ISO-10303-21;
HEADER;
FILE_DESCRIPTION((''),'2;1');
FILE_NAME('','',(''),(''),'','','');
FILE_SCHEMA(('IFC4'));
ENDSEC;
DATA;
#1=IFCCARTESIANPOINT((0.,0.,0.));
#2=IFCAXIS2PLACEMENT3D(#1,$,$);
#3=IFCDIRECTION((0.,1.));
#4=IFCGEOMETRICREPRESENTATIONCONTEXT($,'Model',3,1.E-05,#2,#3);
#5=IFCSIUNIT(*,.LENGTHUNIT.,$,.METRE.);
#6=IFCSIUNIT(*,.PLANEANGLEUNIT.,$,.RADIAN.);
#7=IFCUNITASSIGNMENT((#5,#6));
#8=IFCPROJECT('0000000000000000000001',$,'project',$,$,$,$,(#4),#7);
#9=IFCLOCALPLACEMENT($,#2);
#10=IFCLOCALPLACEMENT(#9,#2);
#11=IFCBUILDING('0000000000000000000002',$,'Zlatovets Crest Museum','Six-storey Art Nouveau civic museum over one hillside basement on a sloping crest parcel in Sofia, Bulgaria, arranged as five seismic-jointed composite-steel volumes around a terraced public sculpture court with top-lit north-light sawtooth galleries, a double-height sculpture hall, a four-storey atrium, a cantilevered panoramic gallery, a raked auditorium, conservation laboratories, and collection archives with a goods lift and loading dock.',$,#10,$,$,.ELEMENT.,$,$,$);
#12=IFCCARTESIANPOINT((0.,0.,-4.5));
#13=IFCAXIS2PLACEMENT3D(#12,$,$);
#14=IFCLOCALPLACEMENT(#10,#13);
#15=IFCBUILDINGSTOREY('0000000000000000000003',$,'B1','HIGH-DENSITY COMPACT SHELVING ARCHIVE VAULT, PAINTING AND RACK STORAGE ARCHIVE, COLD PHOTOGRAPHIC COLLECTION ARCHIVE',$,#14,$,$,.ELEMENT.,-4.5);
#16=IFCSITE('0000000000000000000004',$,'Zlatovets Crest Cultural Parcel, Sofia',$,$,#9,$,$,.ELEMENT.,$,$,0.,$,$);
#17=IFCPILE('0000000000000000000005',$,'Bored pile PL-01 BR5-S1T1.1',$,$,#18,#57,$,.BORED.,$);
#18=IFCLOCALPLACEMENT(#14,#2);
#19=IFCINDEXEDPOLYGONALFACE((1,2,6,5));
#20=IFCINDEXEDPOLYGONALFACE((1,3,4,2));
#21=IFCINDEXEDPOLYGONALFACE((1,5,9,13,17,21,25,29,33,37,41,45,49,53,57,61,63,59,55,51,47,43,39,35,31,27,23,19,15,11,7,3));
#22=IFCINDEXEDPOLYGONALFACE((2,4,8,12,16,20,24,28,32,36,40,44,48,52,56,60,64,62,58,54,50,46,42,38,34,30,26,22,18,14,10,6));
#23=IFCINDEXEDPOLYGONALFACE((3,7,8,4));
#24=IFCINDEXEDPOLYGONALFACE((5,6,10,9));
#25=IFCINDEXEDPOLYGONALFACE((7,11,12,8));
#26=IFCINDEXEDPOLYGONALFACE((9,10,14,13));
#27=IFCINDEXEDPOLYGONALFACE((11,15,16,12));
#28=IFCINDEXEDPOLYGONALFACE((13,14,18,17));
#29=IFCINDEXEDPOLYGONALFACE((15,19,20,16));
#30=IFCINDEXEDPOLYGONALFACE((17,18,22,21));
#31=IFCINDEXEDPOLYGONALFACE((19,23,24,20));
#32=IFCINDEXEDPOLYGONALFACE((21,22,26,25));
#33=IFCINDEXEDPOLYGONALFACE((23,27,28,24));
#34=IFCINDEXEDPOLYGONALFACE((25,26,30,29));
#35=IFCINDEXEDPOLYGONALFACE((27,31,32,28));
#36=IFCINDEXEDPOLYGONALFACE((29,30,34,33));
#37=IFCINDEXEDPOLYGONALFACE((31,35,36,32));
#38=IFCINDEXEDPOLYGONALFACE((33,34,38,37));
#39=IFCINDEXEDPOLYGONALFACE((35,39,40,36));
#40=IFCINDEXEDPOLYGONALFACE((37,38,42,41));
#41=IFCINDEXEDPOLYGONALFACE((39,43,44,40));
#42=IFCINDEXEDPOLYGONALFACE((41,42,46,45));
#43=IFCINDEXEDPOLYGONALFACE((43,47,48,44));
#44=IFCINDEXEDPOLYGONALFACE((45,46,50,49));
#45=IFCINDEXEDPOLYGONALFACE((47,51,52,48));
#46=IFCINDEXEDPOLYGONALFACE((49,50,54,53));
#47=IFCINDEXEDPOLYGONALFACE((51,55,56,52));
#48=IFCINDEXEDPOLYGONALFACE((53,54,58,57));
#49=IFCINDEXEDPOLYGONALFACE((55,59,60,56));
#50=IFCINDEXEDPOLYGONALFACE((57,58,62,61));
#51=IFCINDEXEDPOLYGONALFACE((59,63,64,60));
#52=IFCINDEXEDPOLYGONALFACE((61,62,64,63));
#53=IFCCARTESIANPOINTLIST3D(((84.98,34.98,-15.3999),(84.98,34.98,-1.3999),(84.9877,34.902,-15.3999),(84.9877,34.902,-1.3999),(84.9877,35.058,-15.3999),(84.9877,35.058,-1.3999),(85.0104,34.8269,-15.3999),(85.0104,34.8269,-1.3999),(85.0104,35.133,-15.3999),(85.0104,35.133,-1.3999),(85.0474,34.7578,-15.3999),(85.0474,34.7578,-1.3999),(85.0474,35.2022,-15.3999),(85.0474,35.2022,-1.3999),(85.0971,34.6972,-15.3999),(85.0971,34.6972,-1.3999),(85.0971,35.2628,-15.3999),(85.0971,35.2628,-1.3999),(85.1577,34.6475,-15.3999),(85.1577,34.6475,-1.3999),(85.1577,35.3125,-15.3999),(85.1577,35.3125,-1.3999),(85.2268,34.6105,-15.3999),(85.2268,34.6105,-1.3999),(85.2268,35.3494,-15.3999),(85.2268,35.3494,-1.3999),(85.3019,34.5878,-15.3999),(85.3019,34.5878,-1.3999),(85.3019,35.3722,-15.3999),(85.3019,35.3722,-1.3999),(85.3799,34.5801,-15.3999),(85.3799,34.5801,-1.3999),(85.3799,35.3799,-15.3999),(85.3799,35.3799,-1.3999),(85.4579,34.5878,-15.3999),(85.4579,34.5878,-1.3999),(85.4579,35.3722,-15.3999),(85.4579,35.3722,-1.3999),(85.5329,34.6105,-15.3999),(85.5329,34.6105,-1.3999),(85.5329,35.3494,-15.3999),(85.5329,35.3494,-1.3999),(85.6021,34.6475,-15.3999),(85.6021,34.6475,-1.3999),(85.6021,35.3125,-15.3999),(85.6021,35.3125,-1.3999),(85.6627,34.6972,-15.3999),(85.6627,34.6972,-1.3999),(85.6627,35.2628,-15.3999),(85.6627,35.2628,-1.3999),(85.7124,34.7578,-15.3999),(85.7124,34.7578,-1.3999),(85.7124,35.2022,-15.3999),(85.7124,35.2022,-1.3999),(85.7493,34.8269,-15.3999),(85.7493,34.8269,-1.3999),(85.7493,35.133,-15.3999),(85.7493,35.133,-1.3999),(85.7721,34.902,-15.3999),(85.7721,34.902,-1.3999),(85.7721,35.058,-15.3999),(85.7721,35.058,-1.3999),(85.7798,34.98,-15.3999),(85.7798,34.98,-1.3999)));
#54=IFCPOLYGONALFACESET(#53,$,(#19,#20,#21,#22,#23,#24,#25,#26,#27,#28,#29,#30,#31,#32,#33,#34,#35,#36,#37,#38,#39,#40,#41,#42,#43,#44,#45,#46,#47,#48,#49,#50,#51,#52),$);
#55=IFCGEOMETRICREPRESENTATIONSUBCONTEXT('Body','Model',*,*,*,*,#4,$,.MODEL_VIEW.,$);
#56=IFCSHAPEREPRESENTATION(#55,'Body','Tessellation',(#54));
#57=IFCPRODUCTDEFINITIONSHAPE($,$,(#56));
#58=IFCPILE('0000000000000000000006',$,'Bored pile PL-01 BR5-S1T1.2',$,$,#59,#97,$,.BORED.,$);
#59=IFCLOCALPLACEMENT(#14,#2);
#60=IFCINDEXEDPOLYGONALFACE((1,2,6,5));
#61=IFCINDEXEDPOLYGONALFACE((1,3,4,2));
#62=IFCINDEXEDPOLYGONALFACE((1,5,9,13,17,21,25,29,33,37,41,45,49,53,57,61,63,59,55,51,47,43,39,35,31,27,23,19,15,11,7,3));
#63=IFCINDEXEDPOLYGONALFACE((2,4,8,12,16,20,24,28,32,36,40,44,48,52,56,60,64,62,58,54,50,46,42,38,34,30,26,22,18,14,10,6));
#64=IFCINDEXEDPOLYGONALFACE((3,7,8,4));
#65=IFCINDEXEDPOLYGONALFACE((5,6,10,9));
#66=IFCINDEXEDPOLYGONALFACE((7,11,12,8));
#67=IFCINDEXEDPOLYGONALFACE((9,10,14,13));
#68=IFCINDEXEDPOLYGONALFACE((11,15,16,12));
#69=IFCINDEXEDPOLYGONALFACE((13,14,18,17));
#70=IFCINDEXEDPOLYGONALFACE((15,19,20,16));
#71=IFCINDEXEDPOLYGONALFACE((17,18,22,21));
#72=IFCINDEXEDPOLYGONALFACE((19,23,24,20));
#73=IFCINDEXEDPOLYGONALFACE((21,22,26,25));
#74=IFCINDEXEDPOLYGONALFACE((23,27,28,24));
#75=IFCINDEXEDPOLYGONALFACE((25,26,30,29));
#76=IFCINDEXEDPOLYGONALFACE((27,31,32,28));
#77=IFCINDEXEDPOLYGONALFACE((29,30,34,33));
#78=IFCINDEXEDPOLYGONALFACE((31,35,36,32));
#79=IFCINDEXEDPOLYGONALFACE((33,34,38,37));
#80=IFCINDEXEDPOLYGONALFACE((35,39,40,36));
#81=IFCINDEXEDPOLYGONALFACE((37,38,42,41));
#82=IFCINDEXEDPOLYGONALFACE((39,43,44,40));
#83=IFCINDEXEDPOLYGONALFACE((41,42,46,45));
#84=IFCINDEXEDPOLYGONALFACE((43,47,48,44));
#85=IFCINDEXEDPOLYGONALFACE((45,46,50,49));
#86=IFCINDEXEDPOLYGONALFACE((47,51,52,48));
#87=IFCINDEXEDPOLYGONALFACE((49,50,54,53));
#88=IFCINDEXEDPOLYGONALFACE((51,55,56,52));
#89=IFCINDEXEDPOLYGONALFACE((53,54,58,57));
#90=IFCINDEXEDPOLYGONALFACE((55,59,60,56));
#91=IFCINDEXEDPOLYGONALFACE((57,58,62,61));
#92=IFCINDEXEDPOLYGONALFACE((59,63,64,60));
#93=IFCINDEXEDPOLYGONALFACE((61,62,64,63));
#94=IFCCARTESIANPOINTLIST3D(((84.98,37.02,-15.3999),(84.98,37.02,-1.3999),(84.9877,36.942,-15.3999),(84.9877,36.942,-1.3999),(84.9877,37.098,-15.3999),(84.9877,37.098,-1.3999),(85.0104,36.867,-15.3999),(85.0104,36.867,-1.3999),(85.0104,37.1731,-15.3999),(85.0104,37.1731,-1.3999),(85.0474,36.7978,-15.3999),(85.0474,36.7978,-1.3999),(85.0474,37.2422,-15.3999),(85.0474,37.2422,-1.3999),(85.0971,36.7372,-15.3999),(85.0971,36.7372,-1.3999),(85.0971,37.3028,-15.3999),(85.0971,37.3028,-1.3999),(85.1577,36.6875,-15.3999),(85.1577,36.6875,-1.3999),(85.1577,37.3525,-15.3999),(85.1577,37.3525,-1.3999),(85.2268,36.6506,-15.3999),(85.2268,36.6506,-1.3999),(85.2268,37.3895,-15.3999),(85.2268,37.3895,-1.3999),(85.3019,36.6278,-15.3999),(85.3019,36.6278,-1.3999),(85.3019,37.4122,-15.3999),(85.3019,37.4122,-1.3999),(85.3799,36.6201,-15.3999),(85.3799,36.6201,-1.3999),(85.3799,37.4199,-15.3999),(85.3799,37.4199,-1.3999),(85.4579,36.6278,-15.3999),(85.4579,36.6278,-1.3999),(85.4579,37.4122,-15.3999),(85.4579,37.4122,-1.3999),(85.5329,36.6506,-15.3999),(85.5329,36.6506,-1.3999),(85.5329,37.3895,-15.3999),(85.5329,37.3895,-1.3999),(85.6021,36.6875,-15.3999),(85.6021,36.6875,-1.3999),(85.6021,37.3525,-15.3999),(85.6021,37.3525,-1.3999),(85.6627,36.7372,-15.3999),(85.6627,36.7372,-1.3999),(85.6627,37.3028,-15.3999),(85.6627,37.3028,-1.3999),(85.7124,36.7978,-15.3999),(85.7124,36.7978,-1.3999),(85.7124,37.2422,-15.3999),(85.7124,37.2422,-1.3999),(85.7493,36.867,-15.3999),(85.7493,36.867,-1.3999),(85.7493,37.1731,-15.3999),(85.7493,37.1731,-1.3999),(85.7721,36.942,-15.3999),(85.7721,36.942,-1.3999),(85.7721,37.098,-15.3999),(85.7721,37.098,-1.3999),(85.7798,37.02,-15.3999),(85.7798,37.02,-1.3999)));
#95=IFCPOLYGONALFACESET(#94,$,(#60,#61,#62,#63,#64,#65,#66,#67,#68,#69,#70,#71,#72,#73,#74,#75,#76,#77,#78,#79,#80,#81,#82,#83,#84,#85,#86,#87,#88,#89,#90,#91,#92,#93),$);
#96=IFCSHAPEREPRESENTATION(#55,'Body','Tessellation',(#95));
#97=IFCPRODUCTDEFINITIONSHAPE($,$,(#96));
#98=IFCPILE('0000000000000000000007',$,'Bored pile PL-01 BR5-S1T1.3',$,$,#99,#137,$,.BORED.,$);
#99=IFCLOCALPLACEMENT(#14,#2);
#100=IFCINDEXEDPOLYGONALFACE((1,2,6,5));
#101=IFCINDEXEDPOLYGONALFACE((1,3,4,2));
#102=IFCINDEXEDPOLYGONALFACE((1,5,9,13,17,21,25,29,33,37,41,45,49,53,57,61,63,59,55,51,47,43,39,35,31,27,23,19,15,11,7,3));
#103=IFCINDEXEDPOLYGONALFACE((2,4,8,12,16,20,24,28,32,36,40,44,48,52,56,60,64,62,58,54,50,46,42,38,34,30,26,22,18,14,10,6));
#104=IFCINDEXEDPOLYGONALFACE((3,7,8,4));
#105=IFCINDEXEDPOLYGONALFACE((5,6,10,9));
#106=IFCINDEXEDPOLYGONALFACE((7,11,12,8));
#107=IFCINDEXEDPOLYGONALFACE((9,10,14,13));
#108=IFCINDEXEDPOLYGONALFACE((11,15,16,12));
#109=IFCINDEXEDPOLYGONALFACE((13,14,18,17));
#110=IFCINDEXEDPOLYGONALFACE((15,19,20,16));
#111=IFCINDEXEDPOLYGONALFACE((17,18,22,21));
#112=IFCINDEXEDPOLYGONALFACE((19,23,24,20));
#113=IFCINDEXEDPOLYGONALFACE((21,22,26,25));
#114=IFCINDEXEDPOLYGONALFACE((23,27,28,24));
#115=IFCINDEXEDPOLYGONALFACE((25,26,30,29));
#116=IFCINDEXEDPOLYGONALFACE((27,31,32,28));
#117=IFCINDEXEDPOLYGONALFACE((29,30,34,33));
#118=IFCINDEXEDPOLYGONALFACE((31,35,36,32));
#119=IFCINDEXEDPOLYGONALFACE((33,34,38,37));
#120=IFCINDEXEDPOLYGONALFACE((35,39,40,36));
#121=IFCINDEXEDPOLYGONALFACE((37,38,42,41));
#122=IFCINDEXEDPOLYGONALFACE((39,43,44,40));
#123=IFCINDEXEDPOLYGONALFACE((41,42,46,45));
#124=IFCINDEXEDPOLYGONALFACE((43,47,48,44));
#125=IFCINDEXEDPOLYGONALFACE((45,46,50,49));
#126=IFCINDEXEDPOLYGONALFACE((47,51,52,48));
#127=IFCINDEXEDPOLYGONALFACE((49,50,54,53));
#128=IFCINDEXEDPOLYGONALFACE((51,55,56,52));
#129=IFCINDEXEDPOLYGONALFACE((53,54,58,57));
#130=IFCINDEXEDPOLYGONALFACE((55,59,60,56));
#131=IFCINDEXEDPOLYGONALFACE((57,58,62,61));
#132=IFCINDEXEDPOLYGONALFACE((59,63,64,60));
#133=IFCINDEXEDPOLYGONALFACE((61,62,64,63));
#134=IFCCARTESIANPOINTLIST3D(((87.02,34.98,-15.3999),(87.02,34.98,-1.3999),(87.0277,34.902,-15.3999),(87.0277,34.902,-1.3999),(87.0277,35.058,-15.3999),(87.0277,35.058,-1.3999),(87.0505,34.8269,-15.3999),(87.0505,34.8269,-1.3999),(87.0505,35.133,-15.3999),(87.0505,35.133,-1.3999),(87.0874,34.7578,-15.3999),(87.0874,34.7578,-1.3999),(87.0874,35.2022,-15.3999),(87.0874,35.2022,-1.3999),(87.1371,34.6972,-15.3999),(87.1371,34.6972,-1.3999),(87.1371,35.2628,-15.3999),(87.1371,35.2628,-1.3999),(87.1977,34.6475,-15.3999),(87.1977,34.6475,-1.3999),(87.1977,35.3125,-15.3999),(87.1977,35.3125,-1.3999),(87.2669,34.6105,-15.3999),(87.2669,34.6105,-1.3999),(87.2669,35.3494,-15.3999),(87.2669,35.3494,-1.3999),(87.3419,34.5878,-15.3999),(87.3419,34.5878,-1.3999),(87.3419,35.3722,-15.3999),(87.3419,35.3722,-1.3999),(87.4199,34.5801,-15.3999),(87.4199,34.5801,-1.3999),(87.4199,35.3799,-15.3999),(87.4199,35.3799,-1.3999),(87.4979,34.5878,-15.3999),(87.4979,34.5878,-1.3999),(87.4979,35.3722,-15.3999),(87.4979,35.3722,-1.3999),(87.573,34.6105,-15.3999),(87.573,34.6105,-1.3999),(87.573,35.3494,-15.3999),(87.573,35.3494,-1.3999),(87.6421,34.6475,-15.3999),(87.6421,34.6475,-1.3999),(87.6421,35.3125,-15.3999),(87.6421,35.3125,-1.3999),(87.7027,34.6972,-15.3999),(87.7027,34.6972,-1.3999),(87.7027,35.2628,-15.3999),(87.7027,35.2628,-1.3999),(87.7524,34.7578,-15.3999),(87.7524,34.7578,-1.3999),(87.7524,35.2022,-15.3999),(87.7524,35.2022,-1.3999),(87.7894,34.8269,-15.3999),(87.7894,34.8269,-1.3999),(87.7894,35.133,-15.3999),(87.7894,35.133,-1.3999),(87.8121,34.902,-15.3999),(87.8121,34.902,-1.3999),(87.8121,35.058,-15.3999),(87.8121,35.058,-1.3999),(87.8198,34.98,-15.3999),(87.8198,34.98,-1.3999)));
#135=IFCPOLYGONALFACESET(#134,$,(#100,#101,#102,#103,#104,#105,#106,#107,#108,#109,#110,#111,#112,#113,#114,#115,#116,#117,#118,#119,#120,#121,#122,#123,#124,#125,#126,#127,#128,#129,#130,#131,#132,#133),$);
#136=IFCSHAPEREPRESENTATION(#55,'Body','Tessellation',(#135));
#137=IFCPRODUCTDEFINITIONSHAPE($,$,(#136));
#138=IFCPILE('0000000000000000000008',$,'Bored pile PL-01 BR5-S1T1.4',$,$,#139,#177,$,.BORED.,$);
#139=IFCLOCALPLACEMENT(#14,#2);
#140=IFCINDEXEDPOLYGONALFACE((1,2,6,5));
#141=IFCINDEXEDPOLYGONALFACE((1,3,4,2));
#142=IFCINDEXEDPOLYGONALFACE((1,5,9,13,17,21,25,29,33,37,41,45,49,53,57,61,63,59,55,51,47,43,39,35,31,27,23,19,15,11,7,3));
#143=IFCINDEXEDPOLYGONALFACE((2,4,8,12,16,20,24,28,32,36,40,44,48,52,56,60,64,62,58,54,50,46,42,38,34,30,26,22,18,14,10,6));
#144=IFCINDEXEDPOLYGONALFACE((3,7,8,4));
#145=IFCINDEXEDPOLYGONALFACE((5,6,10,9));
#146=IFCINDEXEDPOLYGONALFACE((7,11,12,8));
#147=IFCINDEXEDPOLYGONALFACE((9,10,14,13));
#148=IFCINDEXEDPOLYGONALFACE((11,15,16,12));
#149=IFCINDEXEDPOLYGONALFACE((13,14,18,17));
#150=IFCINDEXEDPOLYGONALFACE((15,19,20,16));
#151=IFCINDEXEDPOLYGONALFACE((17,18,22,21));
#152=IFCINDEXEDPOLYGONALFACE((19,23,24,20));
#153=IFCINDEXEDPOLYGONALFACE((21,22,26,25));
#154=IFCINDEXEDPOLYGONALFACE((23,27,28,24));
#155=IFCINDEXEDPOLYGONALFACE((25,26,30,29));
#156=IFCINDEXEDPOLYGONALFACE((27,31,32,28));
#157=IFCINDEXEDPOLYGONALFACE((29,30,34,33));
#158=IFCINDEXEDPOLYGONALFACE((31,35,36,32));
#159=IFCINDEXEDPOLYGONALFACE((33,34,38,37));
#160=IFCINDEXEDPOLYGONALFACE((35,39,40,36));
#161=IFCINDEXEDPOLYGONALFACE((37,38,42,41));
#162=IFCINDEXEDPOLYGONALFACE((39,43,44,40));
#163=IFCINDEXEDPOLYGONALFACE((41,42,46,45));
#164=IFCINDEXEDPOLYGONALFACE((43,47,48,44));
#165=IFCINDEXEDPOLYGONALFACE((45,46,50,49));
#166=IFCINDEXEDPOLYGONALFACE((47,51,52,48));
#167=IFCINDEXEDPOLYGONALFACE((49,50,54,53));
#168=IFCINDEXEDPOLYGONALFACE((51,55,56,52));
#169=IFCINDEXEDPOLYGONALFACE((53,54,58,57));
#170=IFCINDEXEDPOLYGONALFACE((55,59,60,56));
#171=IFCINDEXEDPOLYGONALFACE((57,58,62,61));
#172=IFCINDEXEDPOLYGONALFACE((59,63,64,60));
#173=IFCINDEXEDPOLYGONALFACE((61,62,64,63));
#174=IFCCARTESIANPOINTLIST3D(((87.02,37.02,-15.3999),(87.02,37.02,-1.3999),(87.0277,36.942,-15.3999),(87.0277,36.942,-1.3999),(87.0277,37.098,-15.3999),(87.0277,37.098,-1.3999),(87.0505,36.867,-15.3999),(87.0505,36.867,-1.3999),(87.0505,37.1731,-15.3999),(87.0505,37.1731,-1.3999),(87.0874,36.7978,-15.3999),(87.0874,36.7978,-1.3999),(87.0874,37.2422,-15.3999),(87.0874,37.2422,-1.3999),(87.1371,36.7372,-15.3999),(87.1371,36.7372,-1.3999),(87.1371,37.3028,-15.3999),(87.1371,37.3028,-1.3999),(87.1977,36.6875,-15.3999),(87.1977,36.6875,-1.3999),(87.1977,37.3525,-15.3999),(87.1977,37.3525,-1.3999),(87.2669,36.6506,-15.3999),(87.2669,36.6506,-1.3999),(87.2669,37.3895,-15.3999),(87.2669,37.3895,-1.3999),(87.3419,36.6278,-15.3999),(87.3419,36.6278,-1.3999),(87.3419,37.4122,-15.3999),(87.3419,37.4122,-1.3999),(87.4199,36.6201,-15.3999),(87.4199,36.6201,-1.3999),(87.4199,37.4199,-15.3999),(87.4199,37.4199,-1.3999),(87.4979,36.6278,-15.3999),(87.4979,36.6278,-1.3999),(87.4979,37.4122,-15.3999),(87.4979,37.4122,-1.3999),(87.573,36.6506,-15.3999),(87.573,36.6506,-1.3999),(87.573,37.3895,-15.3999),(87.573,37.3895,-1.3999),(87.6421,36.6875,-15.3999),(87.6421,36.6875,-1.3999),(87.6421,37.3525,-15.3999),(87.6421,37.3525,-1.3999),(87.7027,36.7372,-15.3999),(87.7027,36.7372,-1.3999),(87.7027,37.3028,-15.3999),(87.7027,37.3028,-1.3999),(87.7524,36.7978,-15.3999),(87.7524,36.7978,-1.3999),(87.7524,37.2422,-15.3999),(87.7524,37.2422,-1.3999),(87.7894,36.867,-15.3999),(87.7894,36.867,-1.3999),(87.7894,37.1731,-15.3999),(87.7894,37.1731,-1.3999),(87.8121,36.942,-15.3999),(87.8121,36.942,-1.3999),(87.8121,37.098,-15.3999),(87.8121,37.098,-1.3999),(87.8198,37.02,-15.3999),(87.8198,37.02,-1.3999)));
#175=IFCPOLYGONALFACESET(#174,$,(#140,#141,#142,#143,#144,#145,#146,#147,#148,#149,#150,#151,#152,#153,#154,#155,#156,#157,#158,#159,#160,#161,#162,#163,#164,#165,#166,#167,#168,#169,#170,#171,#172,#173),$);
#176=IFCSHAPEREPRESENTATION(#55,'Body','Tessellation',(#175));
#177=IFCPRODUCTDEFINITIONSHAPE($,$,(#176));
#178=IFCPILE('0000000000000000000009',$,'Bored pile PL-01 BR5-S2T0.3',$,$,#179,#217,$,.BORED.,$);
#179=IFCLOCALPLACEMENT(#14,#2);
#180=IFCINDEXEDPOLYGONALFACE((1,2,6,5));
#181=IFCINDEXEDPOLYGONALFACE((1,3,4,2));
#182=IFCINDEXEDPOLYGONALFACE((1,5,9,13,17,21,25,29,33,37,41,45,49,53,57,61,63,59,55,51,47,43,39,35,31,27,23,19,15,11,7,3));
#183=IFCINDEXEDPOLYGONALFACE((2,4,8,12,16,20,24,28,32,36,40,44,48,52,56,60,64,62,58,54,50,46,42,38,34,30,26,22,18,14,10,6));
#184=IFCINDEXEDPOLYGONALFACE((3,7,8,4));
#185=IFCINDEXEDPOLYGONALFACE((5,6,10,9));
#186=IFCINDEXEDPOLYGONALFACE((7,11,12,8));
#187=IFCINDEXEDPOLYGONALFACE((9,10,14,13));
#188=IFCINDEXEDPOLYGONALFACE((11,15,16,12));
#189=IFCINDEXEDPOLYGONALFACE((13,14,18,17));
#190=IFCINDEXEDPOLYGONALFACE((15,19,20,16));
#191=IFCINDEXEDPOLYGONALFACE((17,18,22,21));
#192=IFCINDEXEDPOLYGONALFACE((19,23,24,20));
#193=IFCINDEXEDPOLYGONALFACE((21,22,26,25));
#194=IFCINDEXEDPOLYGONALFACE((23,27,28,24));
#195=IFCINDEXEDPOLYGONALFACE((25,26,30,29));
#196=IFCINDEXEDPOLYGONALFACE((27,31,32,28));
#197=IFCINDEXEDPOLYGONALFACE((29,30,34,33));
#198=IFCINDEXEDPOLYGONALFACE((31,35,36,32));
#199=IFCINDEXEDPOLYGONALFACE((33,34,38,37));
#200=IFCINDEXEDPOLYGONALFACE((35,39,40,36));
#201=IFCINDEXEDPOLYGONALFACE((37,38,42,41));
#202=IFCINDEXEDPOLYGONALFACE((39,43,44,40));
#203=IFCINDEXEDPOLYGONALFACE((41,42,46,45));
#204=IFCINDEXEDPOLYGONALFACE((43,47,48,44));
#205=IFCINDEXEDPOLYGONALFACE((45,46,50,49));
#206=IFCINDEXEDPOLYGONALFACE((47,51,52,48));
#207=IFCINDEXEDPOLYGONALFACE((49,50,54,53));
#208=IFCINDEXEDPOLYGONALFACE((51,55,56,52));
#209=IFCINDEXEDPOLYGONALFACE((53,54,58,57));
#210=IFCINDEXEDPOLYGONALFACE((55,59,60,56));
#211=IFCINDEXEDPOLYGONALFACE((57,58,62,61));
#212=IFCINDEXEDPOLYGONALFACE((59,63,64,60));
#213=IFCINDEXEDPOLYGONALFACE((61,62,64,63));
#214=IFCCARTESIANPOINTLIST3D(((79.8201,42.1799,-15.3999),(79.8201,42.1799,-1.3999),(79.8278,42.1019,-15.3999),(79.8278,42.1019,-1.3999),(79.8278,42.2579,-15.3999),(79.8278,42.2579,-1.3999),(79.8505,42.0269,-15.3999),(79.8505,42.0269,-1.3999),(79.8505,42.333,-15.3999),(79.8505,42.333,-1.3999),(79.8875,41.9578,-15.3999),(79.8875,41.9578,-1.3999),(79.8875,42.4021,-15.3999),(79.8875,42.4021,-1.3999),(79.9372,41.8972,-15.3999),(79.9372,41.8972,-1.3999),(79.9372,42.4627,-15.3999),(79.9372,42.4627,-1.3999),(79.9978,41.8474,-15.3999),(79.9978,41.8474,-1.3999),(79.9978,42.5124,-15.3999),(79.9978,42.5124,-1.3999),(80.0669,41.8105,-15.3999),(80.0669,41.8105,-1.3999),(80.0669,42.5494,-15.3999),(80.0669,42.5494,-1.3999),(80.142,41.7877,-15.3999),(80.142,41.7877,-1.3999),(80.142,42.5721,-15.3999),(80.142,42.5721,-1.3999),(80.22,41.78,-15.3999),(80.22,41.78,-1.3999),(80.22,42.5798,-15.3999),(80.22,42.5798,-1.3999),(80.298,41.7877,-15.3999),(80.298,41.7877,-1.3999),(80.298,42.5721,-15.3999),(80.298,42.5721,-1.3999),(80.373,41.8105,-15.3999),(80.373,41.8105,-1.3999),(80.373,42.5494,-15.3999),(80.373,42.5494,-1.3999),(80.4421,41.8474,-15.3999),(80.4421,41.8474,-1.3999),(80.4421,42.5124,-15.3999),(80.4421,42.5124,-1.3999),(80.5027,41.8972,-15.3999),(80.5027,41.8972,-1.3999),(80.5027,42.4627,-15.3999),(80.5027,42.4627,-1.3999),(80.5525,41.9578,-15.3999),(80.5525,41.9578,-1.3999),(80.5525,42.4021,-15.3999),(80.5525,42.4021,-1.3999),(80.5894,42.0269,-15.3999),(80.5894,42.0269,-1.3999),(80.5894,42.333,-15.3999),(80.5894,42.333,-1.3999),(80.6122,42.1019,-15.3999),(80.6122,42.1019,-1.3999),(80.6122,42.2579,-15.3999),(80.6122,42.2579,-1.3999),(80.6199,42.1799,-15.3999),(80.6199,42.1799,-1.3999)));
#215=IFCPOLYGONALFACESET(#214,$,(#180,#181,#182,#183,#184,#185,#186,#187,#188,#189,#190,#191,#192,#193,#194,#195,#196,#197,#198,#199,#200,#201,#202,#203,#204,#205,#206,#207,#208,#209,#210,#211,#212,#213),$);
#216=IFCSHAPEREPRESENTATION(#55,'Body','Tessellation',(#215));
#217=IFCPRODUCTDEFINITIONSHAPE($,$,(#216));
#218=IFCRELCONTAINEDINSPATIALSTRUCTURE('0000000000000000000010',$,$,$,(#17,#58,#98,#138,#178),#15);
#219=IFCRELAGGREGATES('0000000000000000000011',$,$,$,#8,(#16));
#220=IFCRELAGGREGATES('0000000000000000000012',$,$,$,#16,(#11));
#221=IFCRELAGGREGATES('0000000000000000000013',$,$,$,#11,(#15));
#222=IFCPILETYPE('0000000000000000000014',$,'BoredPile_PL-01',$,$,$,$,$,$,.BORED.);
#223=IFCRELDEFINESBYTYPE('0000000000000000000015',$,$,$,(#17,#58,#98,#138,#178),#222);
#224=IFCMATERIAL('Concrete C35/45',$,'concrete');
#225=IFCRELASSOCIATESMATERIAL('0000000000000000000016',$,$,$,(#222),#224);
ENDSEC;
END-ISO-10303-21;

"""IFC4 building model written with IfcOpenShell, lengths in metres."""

from ifc_helpers import new_model, si_unit, direction, frame, origin, origin_2d, place, context, subcontext, project, spatial, circle, extrude, material, material_profile, profile_set, type_object, element, save


model = new_model("IFC4")

# Units and contexts
model_context = context("Model", 3, precision=1e-05, world=origin(), true_north=direction((0.0, 1.0)))
body_context = subcontext(model_context, "Body", "Model", "MODEL_VIEW")
ifc_project = project(units=[si_unit("LENGTHUNIT", "METRE"), si_unit("PLANEANGLEUNIT", "RADIAN")], contexts=[model_context])

# Site, building, storey
site_placement = place(None, origin())
site = spatial("IfcSite", under=ifc_project, at=site_placement, Name="Zlatovets Crest Cultural Parcel, Sofia", CompositionType="ELEMENT", RefElevation=0.0)
building_placement = place(site_placement, origin())
building = spatial("IfcBuilding", under=site, at=building_placement, Name="Zlatovets Crest Museum", Description="Six-storey Art Nouveau civic museum over one hillside basement on a sloping crest parcel in Sofia, Bulgaria, arranged as five seismic-jointed composite-steel volumes around a terraced public sculpture court with top-lit north-light sawtooth galleries, a double-height sculpture hall, a four-storey atrium, a cantilevered panoramic gallery, a raked auditorium, conservation laboratories, and collection archives with a goods lift and loading dock.", CompositionType="ELEMENT")
storey_placement = place(building_placement, frame((0.0, 0.0, -4.5)))
storey = spatial("IfcBuildingStorey", under=building, at=storey_placement, Name="B1", Description="HIGH-DENSITY COMPACT SHELVING ARCHIVE VAULT, PAINTING AND RACK STORAGE ARCHIVE, COLD PHOTOGRAPHIC COLLECTION ARCHIVE", CompositionType="ELEMENT", Elevation=-4.5)

# Piles
ifc_material_1 = material(Name="Concrete C35/45", Category="concrete")
ifc_material_profile_1 = material_profile(ifc_material_1, circle(Radius=0.3999, at=origin_2d()), Name="PILE D800")
ifc_profile_set_1 = profile_set([ifc_material_profile_1], Name="Concrete C35/45")
pile_type_1 = type_object("IfcPileType", Name="BoredPile_PL-01", PredefinedType="BORED", material=ifc_profile_set_1)
for number, where, z_axis, x_axis, name in (
    (1, (85.3799, 34.98, -1.3999), (0.0, 0.0, -1.0), (1.0, 0.0, 0.0), "Bored pile PL-01 BR5-S1T1.1"),
    (2, (85.3799, 37.02, -1.3999), (0.0, 0.0, -1.0), (1.0, 0.0, 0.0), "Bored pile PL-01 BR5-S1T1.2"),
    (3, (87.4199, 34.98, -1.3999), (0.0, 0.0, -1.0), (1.0, 0.0, 0.0), "Bored pile PL-01 BR5-S1T1.3"),
    (4, (87.4199, 37.02, -1.3999), (0.0, 0.0, -1.0), (1.0, 0.0, 0.0), "Bored pile PL-01 BR5-S1T1.4"),
    (5, (80.22, 42.1799, -1.3999), (0.0, 0.0, -1.0), (1.0, 0.0, 0.0), "Bored pile PL-01 BR5-S2T0.3"),
):
    element("IfcPile", number, at=place(storey_placement, frame(where, z_axis=z_axis, x_axis=x_axis)), inside=storey, type_object=pile_type_1, Name=name, PredefinedType="BORED", context=body_context, shape_type="SweptSolid", body=[
        extrude(circle(Radius=0.3999, at=origin_2d()), origin(), (0.0, 0.0, 1.0), 14.0),
    ])

save(model, "model.ifc")
